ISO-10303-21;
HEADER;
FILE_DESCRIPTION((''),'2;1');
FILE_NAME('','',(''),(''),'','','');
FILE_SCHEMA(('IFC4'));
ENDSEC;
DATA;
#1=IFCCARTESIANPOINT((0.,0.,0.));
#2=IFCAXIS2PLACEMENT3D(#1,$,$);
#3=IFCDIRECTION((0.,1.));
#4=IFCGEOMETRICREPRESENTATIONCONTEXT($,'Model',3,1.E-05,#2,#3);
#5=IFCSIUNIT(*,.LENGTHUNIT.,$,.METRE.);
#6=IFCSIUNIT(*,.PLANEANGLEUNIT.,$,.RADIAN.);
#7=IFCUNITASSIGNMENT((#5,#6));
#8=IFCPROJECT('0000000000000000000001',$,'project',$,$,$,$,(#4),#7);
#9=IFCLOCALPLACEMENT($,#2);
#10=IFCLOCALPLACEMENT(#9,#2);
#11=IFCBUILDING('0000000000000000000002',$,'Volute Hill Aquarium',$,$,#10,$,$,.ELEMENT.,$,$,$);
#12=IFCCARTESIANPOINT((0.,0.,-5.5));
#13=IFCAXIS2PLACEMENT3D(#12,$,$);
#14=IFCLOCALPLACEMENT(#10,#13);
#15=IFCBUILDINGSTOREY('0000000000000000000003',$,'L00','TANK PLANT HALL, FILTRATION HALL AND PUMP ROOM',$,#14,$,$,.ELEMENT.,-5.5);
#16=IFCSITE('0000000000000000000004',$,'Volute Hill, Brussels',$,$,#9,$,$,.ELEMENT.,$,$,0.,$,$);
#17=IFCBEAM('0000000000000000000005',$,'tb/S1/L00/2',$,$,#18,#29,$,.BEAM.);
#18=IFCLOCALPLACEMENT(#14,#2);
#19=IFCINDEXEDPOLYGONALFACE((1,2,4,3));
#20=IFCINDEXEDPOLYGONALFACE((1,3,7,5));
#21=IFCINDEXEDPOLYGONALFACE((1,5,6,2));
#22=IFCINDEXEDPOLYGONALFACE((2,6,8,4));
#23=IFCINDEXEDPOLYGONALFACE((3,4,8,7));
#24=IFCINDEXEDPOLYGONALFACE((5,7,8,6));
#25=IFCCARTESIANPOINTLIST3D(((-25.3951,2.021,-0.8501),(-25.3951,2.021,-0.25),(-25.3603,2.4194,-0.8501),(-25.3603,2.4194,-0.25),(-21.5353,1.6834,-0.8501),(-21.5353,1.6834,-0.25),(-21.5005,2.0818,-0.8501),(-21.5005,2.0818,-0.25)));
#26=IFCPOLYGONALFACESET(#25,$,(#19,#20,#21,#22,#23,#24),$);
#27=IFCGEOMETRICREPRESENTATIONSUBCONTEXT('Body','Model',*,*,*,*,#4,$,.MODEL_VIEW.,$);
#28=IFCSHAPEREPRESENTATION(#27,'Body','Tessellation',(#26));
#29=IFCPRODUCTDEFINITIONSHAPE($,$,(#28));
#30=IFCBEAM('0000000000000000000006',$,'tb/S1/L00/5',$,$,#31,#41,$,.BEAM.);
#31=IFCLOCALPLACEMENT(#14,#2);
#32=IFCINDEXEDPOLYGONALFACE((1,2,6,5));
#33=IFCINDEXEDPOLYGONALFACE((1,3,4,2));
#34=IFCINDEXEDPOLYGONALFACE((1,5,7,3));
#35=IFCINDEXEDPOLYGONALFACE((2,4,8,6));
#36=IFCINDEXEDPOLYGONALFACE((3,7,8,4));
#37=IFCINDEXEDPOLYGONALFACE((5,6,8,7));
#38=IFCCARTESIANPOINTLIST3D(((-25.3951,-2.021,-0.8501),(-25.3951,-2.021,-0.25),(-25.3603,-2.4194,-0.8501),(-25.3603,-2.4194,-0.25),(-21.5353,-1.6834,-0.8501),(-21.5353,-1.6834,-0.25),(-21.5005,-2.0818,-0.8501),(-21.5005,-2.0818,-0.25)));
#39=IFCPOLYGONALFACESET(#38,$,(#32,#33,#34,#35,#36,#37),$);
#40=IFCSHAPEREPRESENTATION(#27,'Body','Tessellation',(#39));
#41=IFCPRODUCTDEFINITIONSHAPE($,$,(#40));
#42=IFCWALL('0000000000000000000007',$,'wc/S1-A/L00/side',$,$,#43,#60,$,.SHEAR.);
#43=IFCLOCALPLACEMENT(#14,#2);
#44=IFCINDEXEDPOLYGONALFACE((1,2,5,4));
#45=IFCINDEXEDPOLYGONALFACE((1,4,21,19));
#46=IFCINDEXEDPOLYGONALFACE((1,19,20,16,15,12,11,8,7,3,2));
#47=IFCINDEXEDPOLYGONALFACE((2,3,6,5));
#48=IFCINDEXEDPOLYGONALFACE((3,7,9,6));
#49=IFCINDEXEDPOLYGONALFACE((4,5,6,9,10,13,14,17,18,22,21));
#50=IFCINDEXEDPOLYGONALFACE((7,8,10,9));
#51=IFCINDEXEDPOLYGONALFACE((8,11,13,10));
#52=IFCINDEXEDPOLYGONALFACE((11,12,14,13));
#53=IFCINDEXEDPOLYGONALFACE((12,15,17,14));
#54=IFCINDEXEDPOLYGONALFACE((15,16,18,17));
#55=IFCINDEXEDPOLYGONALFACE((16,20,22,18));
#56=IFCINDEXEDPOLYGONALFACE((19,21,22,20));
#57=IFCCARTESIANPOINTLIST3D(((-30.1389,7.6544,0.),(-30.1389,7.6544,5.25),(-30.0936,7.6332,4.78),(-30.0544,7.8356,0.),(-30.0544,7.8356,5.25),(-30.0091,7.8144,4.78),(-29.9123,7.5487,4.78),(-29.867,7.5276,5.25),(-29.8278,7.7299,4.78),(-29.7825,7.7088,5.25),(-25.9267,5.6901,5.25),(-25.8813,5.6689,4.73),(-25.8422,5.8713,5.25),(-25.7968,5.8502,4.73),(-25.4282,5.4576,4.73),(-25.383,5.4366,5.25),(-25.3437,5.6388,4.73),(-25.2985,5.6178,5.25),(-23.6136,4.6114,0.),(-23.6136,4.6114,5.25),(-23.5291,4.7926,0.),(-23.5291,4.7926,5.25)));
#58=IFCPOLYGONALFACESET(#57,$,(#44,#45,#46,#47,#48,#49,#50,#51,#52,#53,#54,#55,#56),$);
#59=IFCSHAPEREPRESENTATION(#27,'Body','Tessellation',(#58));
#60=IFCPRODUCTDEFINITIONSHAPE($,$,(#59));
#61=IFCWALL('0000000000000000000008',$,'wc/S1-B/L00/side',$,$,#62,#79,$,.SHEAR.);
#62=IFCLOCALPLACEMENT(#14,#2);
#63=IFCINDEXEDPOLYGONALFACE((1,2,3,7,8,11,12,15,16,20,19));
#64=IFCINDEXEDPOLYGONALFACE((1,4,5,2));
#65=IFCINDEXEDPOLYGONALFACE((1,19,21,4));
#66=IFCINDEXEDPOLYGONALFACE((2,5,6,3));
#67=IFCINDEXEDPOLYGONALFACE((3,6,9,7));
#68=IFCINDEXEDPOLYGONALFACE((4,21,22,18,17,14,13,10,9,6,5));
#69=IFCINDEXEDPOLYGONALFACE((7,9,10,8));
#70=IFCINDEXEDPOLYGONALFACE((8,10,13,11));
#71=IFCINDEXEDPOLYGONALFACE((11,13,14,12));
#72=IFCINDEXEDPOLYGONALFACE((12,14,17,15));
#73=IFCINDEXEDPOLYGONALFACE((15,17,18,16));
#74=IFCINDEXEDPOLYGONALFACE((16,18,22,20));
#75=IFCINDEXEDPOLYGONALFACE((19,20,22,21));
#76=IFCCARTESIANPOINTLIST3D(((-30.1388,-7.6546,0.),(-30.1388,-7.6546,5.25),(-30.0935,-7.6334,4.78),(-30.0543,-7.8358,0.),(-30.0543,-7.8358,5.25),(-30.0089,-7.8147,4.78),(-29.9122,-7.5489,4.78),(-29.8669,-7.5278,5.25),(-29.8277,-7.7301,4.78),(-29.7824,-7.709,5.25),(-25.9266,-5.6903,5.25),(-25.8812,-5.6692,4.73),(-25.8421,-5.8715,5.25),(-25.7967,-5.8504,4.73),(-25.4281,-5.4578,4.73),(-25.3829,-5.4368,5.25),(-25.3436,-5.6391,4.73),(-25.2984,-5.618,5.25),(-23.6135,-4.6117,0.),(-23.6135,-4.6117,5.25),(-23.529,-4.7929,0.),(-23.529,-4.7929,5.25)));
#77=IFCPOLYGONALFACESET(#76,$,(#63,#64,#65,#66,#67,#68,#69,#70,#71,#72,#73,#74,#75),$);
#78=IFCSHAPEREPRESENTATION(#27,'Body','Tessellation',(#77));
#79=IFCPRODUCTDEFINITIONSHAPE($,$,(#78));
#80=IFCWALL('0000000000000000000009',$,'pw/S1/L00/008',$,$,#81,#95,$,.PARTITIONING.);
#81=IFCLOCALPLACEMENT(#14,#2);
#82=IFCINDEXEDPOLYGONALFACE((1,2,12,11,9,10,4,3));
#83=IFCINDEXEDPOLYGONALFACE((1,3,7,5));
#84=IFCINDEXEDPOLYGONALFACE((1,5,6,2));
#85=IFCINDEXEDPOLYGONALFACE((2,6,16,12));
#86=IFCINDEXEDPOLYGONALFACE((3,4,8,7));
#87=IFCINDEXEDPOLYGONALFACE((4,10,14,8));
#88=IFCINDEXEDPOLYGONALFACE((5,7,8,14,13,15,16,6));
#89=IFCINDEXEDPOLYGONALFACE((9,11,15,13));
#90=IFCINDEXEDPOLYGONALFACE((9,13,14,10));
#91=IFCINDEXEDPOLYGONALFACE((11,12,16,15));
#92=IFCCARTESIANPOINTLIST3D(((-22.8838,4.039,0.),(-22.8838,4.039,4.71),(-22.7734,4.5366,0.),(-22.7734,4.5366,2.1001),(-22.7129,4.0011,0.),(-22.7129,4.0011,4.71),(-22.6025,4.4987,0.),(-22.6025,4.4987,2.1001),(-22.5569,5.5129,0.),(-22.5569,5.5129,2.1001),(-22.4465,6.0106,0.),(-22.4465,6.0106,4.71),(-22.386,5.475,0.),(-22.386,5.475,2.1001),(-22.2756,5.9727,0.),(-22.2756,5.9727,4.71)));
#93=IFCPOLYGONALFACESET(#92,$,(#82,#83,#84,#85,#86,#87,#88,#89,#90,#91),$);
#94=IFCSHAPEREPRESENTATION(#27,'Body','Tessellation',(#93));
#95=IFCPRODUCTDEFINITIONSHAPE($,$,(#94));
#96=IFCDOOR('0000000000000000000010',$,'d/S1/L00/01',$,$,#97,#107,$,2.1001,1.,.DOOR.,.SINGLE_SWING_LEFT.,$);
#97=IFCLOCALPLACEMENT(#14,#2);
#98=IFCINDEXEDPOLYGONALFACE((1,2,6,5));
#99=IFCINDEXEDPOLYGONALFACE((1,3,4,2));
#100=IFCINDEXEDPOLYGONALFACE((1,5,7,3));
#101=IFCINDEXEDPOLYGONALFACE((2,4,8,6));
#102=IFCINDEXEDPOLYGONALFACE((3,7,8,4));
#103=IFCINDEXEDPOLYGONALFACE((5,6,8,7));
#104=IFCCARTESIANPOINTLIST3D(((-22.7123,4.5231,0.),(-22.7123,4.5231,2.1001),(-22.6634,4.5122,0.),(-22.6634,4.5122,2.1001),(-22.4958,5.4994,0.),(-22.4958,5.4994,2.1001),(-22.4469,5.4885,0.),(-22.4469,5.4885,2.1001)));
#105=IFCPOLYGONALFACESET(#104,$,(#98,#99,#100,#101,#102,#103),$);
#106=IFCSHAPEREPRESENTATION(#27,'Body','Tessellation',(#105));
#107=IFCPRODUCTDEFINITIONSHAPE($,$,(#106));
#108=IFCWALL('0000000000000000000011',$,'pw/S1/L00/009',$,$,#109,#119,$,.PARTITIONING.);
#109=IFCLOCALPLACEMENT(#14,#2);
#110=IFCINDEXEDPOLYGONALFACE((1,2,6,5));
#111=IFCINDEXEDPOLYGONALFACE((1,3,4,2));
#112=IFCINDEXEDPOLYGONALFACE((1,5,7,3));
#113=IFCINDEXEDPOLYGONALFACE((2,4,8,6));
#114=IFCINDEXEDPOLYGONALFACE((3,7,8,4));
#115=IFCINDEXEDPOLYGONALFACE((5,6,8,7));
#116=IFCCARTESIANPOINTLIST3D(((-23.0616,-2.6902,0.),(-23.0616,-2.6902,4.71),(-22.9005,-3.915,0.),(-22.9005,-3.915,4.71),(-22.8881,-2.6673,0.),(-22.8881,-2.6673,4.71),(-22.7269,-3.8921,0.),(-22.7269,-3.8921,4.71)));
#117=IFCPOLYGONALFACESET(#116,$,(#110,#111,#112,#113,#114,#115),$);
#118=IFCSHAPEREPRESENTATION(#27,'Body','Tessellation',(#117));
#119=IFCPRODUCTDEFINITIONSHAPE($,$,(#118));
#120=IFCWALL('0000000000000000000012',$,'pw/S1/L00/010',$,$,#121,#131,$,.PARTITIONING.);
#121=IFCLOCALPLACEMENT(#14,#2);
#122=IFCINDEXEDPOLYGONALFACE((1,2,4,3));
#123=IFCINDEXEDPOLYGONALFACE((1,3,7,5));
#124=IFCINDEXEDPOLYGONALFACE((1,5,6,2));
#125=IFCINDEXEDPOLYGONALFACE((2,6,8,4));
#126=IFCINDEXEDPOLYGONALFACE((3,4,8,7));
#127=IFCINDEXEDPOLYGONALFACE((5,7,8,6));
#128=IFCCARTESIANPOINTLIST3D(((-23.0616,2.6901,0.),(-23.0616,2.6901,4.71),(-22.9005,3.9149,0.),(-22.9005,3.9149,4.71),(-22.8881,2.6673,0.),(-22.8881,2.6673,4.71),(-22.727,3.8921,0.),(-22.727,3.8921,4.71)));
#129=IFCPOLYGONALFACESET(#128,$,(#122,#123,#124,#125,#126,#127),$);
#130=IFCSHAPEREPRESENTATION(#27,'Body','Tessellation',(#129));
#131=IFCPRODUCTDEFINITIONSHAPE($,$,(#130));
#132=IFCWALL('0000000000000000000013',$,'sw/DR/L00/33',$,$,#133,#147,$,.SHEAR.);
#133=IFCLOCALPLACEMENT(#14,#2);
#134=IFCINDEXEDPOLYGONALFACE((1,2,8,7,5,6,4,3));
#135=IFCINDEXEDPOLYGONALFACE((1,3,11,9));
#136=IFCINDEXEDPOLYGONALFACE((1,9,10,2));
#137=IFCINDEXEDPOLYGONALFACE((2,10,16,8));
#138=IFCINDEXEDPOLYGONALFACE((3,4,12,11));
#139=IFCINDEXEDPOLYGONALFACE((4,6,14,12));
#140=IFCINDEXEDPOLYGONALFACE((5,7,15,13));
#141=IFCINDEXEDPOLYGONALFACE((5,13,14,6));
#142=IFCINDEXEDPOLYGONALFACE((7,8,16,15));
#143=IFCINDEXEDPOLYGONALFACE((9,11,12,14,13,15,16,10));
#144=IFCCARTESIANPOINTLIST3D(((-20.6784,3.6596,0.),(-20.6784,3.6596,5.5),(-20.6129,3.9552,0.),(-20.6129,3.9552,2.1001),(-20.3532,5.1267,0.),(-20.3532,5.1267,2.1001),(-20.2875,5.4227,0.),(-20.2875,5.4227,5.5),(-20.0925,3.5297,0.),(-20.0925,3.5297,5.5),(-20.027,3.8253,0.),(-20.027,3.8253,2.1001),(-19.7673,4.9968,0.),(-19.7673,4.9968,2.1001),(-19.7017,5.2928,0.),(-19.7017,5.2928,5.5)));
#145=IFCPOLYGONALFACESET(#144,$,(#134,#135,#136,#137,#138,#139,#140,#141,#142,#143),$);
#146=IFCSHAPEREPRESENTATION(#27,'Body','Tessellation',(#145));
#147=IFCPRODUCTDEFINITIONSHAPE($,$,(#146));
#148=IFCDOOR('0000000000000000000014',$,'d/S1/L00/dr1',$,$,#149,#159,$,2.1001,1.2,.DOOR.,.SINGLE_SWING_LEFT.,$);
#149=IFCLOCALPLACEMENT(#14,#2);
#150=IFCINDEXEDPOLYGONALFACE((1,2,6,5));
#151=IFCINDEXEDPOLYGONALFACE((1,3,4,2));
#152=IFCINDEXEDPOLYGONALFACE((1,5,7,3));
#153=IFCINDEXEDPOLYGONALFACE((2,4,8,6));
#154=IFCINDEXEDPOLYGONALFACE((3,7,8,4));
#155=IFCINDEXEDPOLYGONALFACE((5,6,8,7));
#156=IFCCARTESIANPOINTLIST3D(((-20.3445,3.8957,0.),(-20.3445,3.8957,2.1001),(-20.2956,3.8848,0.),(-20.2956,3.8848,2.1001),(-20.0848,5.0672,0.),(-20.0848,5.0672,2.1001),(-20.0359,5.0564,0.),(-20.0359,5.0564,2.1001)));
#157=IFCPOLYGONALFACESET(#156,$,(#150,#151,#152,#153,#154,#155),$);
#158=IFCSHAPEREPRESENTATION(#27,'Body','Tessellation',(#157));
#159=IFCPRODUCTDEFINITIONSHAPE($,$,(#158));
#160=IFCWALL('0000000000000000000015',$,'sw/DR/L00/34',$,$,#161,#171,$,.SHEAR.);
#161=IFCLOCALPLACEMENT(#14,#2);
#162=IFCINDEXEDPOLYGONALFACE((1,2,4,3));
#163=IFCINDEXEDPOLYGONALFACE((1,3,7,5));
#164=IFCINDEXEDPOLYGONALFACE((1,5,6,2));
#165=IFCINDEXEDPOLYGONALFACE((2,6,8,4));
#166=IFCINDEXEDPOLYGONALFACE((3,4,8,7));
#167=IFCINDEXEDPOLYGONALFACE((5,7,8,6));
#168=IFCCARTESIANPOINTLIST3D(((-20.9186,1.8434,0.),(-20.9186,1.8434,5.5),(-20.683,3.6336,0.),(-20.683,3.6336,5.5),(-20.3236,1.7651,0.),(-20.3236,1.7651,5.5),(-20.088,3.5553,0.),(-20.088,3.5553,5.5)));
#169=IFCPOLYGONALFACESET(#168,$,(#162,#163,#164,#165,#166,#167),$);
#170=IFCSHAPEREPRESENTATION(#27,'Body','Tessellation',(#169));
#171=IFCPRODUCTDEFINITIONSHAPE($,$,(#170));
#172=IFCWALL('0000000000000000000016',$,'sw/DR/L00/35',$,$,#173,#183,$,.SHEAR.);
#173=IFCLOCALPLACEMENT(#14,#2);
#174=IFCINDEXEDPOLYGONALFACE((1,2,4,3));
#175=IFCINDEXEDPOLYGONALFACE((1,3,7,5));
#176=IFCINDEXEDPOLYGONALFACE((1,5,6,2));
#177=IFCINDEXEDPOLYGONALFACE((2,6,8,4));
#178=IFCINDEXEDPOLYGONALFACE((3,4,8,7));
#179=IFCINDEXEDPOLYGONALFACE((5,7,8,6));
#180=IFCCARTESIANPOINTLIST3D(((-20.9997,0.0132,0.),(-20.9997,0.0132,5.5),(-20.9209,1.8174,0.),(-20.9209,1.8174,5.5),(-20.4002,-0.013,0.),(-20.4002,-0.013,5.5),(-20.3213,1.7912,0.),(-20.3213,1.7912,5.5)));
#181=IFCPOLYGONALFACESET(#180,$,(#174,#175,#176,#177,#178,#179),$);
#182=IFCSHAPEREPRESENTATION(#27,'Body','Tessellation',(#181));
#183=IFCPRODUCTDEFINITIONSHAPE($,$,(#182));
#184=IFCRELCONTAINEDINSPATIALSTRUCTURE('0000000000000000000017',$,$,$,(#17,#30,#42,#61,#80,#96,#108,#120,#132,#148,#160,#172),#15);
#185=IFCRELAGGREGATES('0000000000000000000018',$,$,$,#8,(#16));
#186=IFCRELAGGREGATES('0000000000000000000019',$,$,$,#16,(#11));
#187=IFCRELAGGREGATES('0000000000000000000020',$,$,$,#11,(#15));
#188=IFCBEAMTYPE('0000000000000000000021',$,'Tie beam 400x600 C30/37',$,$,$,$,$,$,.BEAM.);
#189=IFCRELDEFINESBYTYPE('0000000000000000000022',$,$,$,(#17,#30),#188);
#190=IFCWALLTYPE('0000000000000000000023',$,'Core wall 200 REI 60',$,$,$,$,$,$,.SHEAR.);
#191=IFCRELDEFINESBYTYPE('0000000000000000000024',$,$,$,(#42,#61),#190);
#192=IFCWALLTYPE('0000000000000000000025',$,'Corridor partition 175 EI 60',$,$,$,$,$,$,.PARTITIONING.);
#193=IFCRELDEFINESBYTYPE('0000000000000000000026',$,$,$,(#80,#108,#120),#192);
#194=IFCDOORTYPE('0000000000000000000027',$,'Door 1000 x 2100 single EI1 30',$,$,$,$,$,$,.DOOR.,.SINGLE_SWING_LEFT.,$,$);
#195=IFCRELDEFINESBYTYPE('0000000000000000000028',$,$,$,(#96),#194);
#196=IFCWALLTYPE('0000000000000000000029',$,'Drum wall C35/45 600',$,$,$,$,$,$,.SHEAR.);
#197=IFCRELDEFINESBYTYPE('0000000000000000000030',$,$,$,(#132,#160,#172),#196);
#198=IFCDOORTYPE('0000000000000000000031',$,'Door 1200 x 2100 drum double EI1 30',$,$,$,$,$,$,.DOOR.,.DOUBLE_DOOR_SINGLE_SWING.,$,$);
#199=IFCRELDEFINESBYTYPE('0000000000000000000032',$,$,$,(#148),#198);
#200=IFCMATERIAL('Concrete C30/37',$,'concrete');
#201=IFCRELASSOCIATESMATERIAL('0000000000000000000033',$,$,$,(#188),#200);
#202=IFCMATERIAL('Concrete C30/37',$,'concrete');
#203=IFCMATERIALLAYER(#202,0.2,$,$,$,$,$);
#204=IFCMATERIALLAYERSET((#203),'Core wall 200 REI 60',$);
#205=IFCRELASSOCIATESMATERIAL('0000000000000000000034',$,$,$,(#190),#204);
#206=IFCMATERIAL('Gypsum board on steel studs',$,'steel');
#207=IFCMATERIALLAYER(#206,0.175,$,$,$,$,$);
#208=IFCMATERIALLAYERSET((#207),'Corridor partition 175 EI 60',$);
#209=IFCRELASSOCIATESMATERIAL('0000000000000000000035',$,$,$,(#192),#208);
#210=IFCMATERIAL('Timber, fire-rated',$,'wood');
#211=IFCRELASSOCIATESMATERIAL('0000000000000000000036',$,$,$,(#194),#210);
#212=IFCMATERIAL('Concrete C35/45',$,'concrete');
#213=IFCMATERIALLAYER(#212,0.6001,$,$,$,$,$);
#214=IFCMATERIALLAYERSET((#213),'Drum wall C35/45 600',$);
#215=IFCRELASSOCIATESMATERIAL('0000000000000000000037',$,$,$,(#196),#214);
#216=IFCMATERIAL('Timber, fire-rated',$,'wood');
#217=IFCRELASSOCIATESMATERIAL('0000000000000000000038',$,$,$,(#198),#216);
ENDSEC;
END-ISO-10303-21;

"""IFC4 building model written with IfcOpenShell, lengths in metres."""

from ifc_helpers import new_model, si_unit, direction, frame, frame_2d, origin, origin_2d, place, context, subcontext, project, spatial, polyline, rectangle, outline, extrude, material, layer, layer_set, material_profile, profile_set, type_object, element, fill, save


model = new_model("IFC4")

# Units and contexts
model_context = context("Model", 3, precision=1e-05, world=origin(), true_north=direction((0.0, 1.0)))
body_context = subcontext(model_context, "Body", "Model", "MODEL_VIEW")
ifc_project = project(units=[si_unit("LENGTHUNIT", "METRE"), si_unit("PLANEANGLEUNIT", "RADIAN")], contexts=[model_context])

# Site, building, storey
site_placement = place(None, origin())
site = spatial("IfcSite", under=ifc_project, at=site_placement, Name="Volute Hill, Brussels", CompositionType="ELEMENT", RefElevation=0.0)
building_placement = place(site_placement, origin())
building = spatial("IfcBuilding", under=site, at=building_placement, Name="Volute Hill Aquarium", CompositionType="ELEMENT")
storey_placement = place(building_placement, frame((0.0, 0.0, -5.5)))
storey = spatial("IfcBuildingStorey", under=building, at=storey_placement, Name="L00", Description="TANK PLANT HALL, FILTRATION HALL AND PUMP ROOM", CompositionType="ELEMENT", Elevation=-5.5)

# Beams
ifc_material_1 = material(Name="Concrete C30/37", Category="concrete")
ifc_material_profile = material_profile(ifc_material_1, rectangle(XDim=0.3999, YDim=0.6001, at=origin_2d()), Name="RC tie beam 400x600")
ifc_profile_set = profile_set([ifc_material_profile], Name="Concrete C30/37")
beam_type = type_object("IfcBeamType", Name="Tie beam 400x600 C30/37", PredefinedType="BEAM", material=ifc_profile_set)
for number, where, z_axis, x_axis, name in (
    (1, (-25.3777, 2.2202, -0.55), (0.996196, -0.087144, 0.0), (0.087144, 0.996196, 0.0), "tb/S1/L00/2"),
    (2, (-25.3777, -2.2202, -0.55), (0.996196, 0.087144, 0.0), (-0.087144, 0.996196, 0.0), "tb/S1/L00/5"),
):
    element("IfcBeam", number, at=place(storey_placement, frame(where, z_axis=z_axis, x_axis=x_axis)), inside=storey, type_object=beam_type, Name=name, PredefinedType="BEAM", context=body_context, shape_type="SweptSolid", body=[
        extrude(rectangle(XDim=0.3999, YDim=0.6001, at=origin_2d()), origin(), (0.0, 0.0, 1.0), 3.8745),
    ])

# Walls
ifc_material_2 = material(Name="Concrete C30/37", Category="concrete")
ifc_layer_1 = layer(ifc_material_2, 0.2)
ifc_layer_set_1 = layer_set([ifc_layer_1], Name="Core wall 200 REI 60")
wall_type_1 = type_object("IfcWallType", Name="Core wall 200 REI 60", PredefinedType="SHEAR", material=ifc_layer_set_1)
for number, where, z_axis, x_axis, name in (
    (3, (-23.5713, 4.7021, 0.0), (0.0, 0.0, 1.0), (-0.906301, 0.422633, 0.0), "wc/S1-A/L00/side"),
    (4, (-23.5713, -4.7021, 0.0), (0.0, 0.0, 1.0), (-0.906301, -0.422633, 0.0), "wc/S1-B/L00/side"),
):
    element("IfcWall", number, at=place(storey_placement, frame(where, z_axis=z_axis, x_axis=x_axis)), inside=storey, type_object=wall_type_1, Name=name, PredefinedType="SHEAR", context=body_context, shape_type="SweptSolid", body=[
        extrude(outline(polyline([(0.0, 0.0), (7.2, 0.0), (7.2, 5.25), (7.1499, 4.78), (6.95, 4.78), (6.8999, 5.25), (2.5522, 5.25), (2.5022, 4.73), (2.0022, 4.73), (1.9524, 5.25), (0.0, 5.25), (0.0, 0.0)])), frame((0.0, 0.1001, 0.0), z_axis=(0.0, -1.0, 0.0), x_axis=(1.0, 0.0, 0.0)), (0.0, 0.0, 1.0), 0.2),
    ])

# Wall, opening, door
ifc_material_3 = material(Name="Gypsum board on steel studs", Category="steel")
ifc_layer_2 = layer(ifc_material_3, 0.175)
ifc_layer_set_2 = layer_set([ifc_layer_2], Name="Corridor partition 175 EI 60")
wall_type_2 = type_object("IfcWallType", Name="Corridor partition 175 EI 60", PredefinedType="PARTITIONING", material=ifc_layer_set_2)
wall_1_placement = place(storey_placement, frame((-22.7983, 4.02, 0.0), z_axis=(0.0, 0.0, 1.0), x_axis=(0.216508, 0.976281, 0.0)))
wall_1 = element("IfcWall", 5, at=wall_1_placement, inside=storey, type_object=wall_type_2, Name="pw/S1/L00/008", PredefinedType="PARTITIONING", context=body_context, shape_type="SweptSolid", body=[
    extrude(rectangle(XDim=2.0195, YDim=0.175, at=frame_2d((1.0098, 0.0))), origin(), (0.0, 0.0, 1.0), 4.71),
])
opening_1_placement = place(wall_1_placement, frame((0.5098, 0.0, 0.0)))
opening_1 = element("IfcOpeningElement", 6, at=opening_1_placement, cuts=wall_1, PredefinedType="OPENING", context=body_context, shape_type="SweptSolid", body=[
    extrude(rectangle(XDim=1.0, YDim=2.1001, at=frame_2d((0.5, 1.05))), frame((0.0, 0.0974, 0.0), z_axis=(0.0, -1.0, 0.0), x_axis=(1.0, 0.0, 0.0)), (0.0, 0.0, 1.0), 0.1951),
])
ifc_material_4 = material(Name="Timber, fire-rated", Category="wood")
door_type_1 = type_object("IfcDoorType", Name="Door 1000 x 2100 single EI1 30", OperationType="SINGLE_SWING_LEFT", PredefinedType="DOOR", material=ifc_material_4)
door_1_placement = place(opening_1_placement, origin())
door_1 = element("IfcDoor", 7, at=door_1_placement, inside=storey, type_object=door_type_1, Name="d/S1/L00/01", OperationType="SINGLE_SWING_LEFT", OverallHeight=2.1001, OverallWidth=1.0, PredefinedType="DOOR", context=body_context, shape_type="SweptSolid", body=[
    extrude(rectangle(XDim=1.0, YDim=2.1001, at=frame_2d((0.5, 1.05))), frame((0.0, 0.0249, 0.0), z_axis=(0.0, -1.0, 0.0), x_axis=(1.0, 0.0, 0.0)), (0.0, 0.0, 1.0), 0.05),
])
fill(opening_1, door_1)

# Walls
for number, where, z_axis, x_axis, name in (
    (8, (-22.8137, -3.9036, 0.0), (0.0, 0.0, 1.0), (-0.130429, 0.991458, 0.0), "pw/S1/L00/009"),
    (9, (-22.9749, 2.6787, 0.0), (0.0, 0.0, 1.0), (0.130429, 0.991458, 0.0), "pw/S1/L00/010"),
):
    element("IfcWall", number, at=place(storey_placement, frame(where, z_axis=z_axis, x_axis=x_axis)), inside=storey, type_object=wall_type_2, Name=name, PredefinedType="PARTITIONING", context=body_context, shape_type="SweptSolid", body=[
        extrude(rectangle(XDim=1.2354, YDim=0.175, at=frame_2d((0.6177, 0.0))), origin(), (0.0, 0.0, 1.0), 4.71),
    ])

# Wall, opening, door
ifc_material_5 = material(Name="Concrete C35/45", Category="concrete")
ifc_layer_3 = layer(ifc_material_5, 0.6001)
ifc_layer_set_3 = layer_set([ifc_layer_3], Name="Drum wall C35/45 600")
wall_type_3 = type_object("IfcWallType", Name="Drum wall C35/45 600", PredefinedType="SHEAR", material=ifc_layer_set_3)
wall_2_placement = place(storey_placement, frame((-19.9946, 5.3577, 0.0), z_axis=(0.0, 0.0, 1.0), x_axis=(-0.216429, -0.976298, 0.0)))
wall_2 = element("IfcWall", 10, at=wall_2_placement, inside=storey, type_object=wall_type_3, Name="sw/DR/L00/33", PredefinedType="SHEAR", context=body_context, shape_type="SweptSolid", body=[
    extrude(rectangle(XDim=1.8059, YDim=0.6001, at=frame_2d((0.9028, 0.0))), origin(), (0.0, 0.0, 1.0), 5.5),
])
opening_2_placement = place(wall_2_placement, frame((0.303, 0.0, 0.0)))
opening_2 = element("IfcOpeningElement", 11, at=opening_2_placement, cuts=wall_2, PredefinedType="OPENING", context=body_context, shape_type="SweptSolid", body=[
    extrude(rectangle(XDim=1.2, YDim=2.1001, at=frame_2d((0.6001, 1.05))), frame((0.0, 0.3101, 0.0), z_axis=(0.0, -1.0, 0.0), x_axis=(1.0, 0.0, 0.0)), (0.0, 0.0, 1.0), 0.6201),
])
ifc_material_6 = material(Name="Timber, fire-rated", Category="wood")
door_type_2 = type_object("IfcDoorType", Name="Door 1200 x 2100 drum double EI1 30", OperationType="DOUBLE_DOOR_SINGLE_SWING", PredefinedType="DOOR", material=ifc_material_6)
door_2_placement = place(opening_2_placement, origin())
door_2 = element("IfcDoor", 12, at=door_2_placement, inside=storey, type_object=door_type_2, Name="d/S1/L00/dr1", OperationType="SINGLE_SWING_LEFT", OverallHeight=2.1001, OverallWidth=1.2, PredefinedType="DOOR", context=body_context, shape_type="SweptSolid", body=[
    extrude(rectangle(XDim=1.2, YDim=2.1001, at=frame_2d((0.6001, 1.05))), frame((0.0, 0.0249, 0.0), z_axis=(0.0, -1.0, 0.0), x_axis=(1.0, 0.0, 0.0)), (0.0, 0.0, 1.0), 0.05),
])
fill(opening_2, door_2)

# Walls
wall_3_placement = place(storey_placement, frame((-20.3855, 3.5945, 0.0), z_axis=(0.0, 0.0, 1.0), x_axis=(-0.130472, -0.991452, 0.0)))
element("IfcWall", 13, at=wall_3_placement, inside=storey, type_object=wall_type_3, Name="sw/DR/L00/34", PredefinedType="SHEAR", context=body_context, shape_type="SweptSolid", body=[
    extrude(rectangle(XDim=1.8057, YDim=0.6001, at=frame_2d((0.9028, 0.0))), origin(), (0.0, 0.0, 1.0), 5.5),
])
for number, where, z_axis, x_axis, name in (
    (14, (-20.6211, 1.8042, 0.0), (0.0, 0.0, 1.0), (-0.043666, -0.999046, 0.0), "sw/DR/L00/35"),
):
    element("IfcWall", number, at=place(storey_placement, frame(where, z_axis=z_axis, x_axis=x_axis)), inside=storey, type_object=wall_type_3, Name=name, PredefinedType="SHEAR", context=body_context, shape_type="SweptSolid", body=[
        extrude(rectangle(XDim=1.8059, YDim=0.6001, at=frame_2d((0.9028, 0.0))), origin(), (0.0, 0.0, 1.0), 5.5),
    ])

save(model, "model.ifc")
